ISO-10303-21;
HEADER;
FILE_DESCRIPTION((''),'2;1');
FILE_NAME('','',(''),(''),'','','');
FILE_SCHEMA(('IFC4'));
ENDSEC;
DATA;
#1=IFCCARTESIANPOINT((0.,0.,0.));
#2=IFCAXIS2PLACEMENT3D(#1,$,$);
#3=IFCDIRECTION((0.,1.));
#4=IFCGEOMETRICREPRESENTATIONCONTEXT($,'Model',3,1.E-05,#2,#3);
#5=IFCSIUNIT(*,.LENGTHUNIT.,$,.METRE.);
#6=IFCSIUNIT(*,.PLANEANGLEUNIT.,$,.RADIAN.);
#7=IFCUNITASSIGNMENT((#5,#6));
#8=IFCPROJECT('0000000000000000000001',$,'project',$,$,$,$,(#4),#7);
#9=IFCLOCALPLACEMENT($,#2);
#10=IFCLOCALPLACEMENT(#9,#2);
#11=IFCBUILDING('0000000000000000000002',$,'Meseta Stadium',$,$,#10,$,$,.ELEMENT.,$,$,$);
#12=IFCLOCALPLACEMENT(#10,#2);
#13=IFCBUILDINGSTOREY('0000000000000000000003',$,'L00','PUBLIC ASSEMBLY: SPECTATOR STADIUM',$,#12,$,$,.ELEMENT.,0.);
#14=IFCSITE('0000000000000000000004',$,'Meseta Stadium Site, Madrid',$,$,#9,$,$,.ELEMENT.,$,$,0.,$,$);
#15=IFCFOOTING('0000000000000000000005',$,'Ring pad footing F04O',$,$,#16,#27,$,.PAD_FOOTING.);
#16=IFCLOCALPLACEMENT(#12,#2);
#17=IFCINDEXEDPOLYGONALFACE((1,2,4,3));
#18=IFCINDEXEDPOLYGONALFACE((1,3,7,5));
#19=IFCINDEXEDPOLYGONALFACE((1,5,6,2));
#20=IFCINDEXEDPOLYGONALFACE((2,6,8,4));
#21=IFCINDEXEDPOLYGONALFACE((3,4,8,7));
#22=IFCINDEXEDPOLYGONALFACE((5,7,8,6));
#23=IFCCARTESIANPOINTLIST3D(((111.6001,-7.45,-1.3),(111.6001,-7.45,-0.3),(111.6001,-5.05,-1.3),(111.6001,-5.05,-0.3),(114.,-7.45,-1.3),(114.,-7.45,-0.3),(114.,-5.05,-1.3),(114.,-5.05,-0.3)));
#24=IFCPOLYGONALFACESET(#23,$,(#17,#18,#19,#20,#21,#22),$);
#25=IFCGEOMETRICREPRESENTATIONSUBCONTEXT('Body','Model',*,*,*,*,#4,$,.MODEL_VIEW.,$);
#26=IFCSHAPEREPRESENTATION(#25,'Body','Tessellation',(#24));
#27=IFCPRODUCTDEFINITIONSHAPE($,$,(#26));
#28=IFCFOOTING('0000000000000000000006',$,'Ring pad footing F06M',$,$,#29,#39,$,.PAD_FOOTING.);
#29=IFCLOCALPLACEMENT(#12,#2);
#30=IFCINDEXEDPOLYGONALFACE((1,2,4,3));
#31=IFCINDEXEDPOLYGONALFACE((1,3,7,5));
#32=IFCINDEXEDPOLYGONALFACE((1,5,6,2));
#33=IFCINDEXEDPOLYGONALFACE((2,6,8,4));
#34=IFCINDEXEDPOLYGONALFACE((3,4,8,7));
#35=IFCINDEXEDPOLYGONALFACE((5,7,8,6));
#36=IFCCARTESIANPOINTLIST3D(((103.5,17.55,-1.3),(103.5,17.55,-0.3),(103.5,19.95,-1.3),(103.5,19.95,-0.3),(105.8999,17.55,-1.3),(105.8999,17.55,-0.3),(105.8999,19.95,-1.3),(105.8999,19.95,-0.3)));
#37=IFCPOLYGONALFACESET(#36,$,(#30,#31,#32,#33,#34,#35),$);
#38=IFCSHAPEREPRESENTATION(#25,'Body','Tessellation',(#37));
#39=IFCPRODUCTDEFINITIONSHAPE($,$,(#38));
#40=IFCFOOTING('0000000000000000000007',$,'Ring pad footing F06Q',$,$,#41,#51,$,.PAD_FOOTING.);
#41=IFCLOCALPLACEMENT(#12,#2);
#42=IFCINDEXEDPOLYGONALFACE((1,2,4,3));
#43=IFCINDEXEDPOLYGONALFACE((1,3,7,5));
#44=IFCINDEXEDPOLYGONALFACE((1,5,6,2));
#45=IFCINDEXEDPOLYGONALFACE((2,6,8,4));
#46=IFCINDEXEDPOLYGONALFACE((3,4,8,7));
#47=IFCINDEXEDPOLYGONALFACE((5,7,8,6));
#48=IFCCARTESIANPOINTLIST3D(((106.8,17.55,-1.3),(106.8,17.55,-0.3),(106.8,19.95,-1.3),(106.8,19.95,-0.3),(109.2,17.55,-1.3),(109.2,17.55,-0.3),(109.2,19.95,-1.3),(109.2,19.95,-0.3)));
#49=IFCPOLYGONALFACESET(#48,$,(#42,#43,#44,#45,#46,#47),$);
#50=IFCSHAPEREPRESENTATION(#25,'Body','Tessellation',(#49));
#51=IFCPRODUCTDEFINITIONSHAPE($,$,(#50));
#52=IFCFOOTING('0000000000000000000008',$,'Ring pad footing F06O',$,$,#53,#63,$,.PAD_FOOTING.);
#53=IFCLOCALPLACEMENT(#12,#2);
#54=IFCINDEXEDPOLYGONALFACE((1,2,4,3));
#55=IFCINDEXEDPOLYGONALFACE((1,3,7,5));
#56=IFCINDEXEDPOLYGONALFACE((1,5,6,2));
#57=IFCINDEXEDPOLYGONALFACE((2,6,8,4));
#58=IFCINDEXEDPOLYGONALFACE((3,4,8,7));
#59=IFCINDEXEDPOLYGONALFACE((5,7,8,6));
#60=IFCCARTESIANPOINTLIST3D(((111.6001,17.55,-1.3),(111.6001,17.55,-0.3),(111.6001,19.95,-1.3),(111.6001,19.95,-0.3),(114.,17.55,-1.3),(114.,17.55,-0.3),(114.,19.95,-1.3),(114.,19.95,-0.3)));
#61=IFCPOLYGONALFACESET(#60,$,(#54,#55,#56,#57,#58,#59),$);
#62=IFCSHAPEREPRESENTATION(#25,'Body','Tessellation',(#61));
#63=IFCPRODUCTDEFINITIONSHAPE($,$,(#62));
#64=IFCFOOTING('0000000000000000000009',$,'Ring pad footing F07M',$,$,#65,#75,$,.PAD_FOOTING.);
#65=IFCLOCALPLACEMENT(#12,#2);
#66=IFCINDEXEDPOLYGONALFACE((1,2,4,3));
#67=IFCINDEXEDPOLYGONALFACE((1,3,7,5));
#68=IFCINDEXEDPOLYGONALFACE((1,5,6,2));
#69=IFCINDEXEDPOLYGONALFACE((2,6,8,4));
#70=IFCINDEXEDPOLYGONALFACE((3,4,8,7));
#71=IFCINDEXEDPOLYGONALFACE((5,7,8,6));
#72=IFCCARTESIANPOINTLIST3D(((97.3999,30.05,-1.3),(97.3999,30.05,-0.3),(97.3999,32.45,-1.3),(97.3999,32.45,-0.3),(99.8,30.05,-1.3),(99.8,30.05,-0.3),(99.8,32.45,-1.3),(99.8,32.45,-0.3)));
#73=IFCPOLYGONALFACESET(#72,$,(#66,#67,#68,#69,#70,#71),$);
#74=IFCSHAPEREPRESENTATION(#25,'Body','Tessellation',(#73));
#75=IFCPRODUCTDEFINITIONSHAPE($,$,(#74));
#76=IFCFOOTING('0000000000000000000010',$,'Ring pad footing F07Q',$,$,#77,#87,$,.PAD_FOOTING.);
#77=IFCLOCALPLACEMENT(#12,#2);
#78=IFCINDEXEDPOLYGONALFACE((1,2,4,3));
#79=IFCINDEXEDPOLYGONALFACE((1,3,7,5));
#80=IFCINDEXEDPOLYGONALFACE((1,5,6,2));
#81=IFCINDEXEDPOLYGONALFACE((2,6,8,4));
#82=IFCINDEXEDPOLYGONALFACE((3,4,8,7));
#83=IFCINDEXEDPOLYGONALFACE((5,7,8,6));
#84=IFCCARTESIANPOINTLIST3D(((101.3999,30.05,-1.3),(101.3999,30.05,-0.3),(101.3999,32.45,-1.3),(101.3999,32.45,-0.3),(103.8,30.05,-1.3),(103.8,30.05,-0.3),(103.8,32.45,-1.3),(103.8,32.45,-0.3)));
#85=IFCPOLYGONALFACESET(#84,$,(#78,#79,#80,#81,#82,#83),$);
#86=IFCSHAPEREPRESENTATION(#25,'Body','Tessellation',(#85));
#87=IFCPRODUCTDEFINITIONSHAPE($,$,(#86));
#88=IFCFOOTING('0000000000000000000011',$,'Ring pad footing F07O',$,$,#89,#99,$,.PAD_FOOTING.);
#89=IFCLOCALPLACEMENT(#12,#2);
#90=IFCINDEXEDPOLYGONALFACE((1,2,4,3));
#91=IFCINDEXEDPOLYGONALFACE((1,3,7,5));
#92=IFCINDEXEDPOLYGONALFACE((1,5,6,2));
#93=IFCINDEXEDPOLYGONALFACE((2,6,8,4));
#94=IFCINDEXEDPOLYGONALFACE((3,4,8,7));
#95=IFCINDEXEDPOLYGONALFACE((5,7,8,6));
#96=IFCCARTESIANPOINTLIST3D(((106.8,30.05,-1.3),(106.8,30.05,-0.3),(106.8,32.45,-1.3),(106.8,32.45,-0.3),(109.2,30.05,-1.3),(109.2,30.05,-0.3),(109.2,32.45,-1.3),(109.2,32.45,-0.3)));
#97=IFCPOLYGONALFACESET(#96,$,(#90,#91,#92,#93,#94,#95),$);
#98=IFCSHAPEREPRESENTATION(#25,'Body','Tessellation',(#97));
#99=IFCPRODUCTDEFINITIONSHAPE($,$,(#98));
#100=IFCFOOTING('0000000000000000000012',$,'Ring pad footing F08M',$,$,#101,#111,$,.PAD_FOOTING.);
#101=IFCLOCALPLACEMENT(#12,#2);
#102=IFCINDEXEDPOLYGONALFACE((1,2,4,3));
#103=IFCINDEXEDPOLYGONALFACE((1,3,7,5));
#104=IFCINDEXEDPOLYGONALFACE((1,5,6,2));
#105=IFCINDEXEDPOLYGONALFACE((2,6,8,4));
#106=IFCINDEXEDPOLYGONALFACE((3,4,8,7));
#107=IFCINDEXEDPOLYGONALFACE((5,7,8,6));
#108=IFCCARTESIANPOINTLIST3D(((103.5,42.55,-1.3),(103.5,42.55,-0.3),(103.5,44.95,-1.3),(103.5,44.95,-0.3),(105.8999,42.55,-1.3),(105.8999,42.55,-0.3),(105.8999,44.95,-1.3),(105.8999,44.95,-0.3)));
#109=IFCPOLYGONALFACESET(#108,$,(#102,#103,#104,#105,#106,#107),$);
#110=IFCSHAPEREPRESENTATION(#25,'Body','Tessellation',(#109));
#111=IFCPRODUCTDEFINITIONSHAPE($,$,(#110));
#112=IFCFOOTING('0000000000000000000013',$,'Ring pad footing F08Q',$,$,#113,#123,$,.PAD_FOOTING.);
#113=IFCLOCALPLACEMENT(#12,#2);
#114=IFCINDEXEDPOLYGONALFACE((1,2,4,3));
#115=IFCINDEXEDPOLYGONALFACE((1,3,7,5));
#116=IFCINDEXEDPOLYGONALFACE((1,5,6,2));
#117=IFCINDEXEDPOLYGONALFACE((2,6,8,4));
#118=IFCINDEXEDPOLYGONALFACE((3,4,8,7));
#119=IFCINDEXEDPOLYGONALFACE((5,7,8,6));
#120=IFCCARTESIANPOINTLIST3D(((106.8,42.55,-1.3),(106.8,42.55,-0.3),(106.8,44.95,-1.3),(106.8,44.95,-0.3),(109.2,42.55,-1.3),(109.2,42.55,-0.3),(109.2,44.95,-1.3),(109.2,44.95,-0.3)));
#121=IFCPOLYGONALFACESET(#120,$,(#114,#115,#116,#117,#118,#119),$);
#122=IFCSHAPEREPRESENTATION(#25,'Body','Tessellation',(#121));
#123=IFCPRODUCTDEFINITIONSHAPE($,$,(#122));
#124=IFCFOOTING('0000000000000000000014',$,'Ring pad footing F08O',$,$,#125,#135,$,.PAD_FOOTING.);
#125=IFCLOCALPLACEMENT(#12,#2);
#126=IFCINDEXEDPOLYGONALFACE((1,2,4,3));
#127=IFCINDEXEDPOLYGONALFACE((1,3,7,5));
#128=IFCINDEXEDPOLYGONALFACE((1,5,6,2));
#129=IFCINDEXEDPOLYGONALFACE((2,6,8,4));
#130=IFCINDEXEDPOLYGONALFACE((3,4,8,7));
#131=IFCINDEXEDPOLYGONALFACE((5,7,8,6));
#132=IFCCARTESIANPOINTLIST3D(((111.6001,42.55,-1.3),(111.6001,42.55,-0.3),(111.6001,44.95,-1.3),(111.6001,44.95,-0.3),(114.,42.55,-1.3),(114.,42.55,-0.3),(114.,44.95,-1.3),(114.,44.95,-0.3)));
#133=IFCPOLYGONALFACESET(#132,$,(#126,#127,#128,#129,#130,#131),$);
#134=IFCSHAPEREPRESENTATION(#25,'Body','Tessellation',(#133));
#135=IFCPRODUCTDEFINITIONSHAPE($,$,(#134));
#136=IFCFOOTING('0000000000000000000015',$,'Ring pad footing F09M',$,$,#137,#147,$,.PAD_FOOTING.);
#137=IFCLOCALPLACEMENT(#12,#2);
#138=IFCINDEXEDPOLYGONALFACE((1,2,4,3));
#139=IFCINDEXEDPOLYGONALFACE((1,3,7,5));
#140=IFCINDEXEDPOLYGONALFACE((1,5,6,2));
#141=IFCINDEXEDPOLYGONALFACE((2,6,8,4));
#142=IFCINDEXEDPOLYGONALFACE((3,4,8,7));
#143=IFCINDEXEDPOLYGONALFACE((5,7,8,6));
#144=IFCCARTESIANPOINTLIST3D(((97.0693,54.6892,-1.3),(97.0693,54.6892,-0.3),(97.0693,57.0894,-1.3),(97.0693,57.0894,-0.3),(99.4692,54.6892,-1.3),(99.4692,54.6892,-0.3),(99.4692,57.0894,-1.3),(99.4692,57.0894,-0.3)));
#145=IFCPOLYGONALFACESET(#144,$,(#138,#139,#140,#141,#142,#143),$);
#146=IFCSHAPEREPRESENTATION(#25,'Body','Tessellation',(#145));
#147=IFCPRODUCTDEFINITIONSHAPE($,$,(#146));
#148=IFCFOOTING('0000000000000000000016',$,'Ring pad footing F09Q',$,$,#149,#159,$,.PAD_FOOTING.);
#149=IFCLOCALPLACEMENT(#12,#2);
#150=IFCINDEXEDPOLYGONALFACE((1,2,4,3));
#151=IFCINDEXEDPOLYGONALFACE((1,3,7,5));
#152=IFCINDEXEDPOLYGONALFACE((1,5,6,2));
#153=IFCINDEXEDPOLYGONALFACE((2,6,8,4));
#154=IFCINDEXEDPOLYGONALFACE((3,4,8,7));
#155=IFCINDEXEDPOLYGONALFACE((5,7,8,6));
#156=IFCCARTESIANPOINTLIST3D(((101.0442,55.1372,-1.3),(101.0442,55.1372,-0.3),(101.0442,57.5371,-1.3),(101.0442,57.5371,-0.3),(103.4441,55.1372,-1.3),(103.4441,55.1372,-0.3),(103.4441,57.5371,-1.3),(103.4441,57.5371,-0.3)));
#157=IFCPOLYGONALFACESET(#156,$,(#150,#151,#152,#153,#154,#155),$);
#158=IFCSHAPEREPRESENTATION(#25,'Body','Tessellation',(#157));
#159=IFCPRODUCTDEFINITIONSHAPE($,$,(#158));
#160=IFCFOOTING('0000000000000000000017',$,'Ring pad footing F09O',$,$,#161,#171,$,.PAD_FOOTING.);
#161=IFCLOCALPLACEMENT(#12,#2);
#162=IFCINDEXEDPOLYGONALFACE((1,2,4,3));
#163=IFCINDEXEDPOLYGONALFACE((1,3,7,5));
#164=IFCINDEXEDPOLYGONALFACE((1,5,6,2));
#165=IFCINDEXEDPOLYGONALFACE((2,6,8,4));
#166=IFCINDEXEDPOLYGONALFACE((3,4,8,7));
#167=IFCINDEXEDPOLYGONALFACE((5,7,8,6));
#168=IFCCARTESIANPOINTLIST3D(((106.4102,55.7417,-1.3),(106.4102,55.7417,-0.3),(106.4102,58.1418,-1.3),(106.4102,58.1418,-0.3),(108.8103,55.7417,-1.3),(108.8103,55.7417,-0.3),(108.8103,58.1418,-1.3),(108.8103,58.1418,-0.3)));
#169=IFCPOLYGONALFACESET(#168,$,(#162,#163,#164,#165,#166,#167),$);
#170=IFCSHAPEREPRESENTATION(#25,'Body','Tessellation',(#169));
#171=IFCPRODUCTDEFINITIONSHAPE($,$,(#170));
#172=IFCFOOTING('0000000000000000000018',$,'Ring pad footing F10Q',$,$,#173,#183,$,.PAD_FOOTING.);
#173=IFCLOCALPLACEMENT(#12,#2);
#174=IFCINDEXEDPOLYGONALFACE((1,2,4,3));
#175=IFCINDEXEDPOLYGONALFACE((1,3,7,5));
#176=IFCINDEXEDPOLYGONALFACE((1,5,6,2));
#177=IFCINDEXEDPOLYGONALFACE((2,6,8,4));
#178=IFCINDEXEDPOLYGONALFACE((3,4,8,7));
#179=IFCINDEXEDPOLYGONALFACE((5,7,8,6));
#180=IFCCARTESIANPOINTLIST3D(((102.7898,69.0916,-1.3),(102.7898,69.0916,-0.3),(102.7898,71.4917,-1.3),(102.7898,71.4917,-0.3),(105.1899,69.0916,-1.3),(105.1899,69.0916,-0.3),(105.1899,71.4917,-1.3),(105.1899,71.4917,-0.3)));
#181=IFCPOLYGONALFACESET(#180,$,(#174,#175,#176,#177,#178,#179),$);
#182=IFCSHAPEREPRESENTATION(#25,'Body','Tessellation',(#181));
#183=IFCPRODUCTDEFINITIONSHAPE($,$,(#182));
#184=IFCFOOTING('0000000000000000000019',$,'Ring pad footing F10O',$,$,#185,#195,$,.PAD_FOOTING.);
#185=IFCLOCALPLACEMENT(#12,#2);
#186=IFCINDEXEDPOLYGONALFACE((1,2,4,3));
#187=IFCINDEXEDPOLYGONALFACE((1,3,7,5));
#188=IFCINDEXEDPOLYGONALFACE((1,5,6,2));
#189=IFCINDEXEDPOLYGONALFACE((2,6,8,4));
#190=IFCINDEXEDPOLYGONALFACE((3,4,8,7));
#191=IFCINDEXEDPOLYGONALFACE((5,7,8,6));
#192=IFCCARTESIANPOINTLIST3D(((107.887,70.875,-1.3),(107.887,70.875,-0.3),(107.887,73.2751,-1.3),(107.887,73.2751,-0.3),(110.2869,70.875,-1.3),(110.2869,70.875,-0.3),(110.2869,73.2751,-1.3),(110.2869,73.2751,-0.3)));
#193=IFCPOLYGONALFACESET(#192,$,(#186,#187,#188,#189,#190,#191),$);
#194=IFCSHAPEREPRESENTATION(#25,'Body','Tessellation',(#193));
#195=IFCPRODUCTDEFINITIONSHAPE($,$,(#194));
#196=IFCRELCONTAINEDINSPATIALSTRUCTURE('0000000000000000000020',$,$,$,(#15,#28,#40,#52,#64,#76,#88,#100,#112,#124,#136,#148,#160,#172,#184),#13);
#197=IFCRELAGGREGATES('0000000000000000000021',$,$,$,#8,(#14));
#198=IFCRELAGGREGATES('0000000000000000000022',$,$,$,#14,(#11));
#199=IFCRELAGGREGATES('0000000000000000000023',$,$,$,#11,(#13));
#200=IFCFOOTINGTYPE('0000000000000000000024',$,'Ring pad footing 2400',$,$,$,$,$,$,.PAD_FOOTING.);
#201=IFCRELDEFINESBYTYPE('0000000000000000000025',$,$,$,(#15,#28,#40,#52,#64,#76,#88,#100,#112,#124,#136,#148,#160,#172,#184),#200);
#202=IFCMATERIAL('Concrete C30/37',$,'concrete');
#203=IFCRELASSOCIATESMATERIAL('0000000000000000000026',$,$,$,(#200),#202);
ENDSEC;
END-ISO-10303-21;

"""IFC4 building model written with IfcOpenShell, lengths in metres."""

from ifc_helpers import new_model, si_unit, direction, frame, origin, place, context, subcontext, project, spatial, polyline, outline, extrude, material, type_object, element, save


model = new_model("IFC4")

# Units and contexts
model_context = context("Model", 3, precision=1e-05, world=origin(), true_north=direction((0.0, 1.0)))
body_context = subcontext(model_context, "Body", "Model", "MODEL_VIEW")
ifc_project = project(units=[si_unit("LENGTHUNIT", "METRE"), si_unit("PLANEANGLEUNIT", "RADIAN")], contexts=[model_context])

# Site, building, storey
site_placement = place(None, origin())
site = spatial("IfcSite", under=ifc_project, at=site_placement, Name="Meseta Stadium Site, Madrid", CompositionType="ELEMENT", RefElevation=0.0)
building_placement = place(site_placement, origin())
building = spatial("IfcBuilding", under=site, at=building_placement, Name="Meseta Stadium", CompositionType="ELEMENT")
storey_placement = place(building_placement, origin())
storey = spatial("IfcBuildingStorey", under=building, at=storey_placement, Name="L00", Description="PUBLIC ASSEMBLY: SPECTATOR STADIUM", CompositionType="ELEMENT", Elevation=0.0)

# Footings
ifc_material_1 = material(Name="Concrete C30/37", Category="concrete")
footing_type_1 = type_object("IfcFootingType", Name="Ring pad footing 2400", PredefinedType="PAD_FOOTING", material=ifc_material_1)
footing_1_placement = place(storey_placement, frame((0.0, 0.0, -1.3)))
element("IfcFooting", 1, at=footing_1_placement, inside=storey, type_object=footing_type_1, Name="Ring pad footing F04O", PredefinedType="PAD_FOOTING", context=body_context, shape_type="SweptSolid", body=[
    extrude(outline(polyline([(114.0, -7.45), (114.0, -5.05), (111.6001, -5.05), (111.6001, -7.45), (114.0, -7.45)])), origin(), (0.0, 0.0, 1.0), 1.0),
])
footing_2_placement = place(storey_placement, frame((0.0, 0.0, -1.3)))
element("IfcFooting", 2, at=footing_2_placement, inside=storey, type_object=footing_type_1, Name="Ring pad footing F06M", PredefinedType="PAD_FOOTING", context=body_context, shape_type="SweptSolid", body=[
    extrude(outline(polyline([(105.8999, 17.55), (105.8999, 19.95), (103.5, 19.95), (103.5, 17.55), (105.8999, 17.55)])), origin(), (0.0, 0.0, 1.0), 1.0),
])
footing_3_placement = place(storey_placement, frame((0.0, 0.0, -1.3)))
element("IfcFooting", 3, at=footing_3_placement, inside=storey, type_object=footing_type_1, Name="Ring pad footing F06Q", PredefinedType="PAD_FOOTING", context=body_context, shape_type="SweptSolid", body=[
    extrude(outline(polyline([(109.2, 17.55), (109.2, 19.95), (106.8, 19.95), (106.8, 17.55), (109.2, 17.55)])), origin(), (0.0, 0.0, 1.0), 1.0),
])
footing_4_placement = place(storey_placement, frame((0.0, 0.0, -1.3)))
element("IfcFooting", 4, at=footing_4_placement, inside=storey, type_object=footing_type_1, Name="Ring pad footing F06O", PredefinedType="PAD_FOOTING", context=body_context, shape_type="SweptSolid", body=[
    extrude(outline(polyline([(114.0, 17.55), (114.0, 19.95), (111.6001, 19.95), (111.6001, 17.55), (114.0, 17.55)])), origin(), (0.0, 0.0, 1.0), 1.0),
])
footing_5_placement = place(storey_placement, frame((0.0, 0.0, -1.3)))
element("IfcFooting", 5, at=footing_5_placement, inside=storey, type_object=footing_type_1, Name="Ring pad footing F07M", PredefinedType="PAD_FOOTING", context=body_context, shape_type="SweptSolid", body=[
    extrude(outline(polyline([(99.8, 30.05), (99.8, 32.45), (97.3999, 32.45), (97.3999, 30.05), (99.8, 30.05)])), origin(), (0.0, 0.0, 1.0), 1.0),
])
footing_6_placement = place(storey_placement, frame((0.0, 0.0, -1.3)))
element("IfcFooting", 6, at=footing_6_placement, inside=storey, type_object=footing_type_1, Name="Ring pad footing F07Q", PredefinedType="PAD_FOOTING", context=body_context, shape_type="SweptSolid", body=[
    extrude(outline(polyline([(103.8, 30.05), (103.8, 32.45), (101.3999, 32.45), (101.3999, 30.05), (103.8, 30.05)])), origin(), (0.0, 0.0, 1.0), 1.0),
])
footing_7_placement = place(storey_placement, frame((0.0, 0.0, -1.3)))
element("IfcFooting", 7, at=footing_7_placement, inside=storey, type_object=footing_type_1, Name="Ring pad footing F07O", PredefinedType="PAD_FOOTING", context=body_context, shape_type="SweptSolid", body=[
    extrude(outline(polyline([(109.2, 30.05), (109.2, 32.45), (106.8, 32.45), (106.8, 30.05), (109.2, 30.05)])), origin(), (0.0, 0.0, 1.0), 1.0),
])
footing_8_placement = place(storey_placement, frame((0.0, 0.0, -1.3)))
element("IfcFooting", 8, at=footing_8_placement, inside=storey, type_object=footing_type_1, Name="Ring pad footing F08M", PredefinedType="PAD_FOOTING", context=body_context, shape_type="SweptSolid", body=[
    extrude(outline(polyline([(105.8999, 42.55), (105.8999, 44.95), (103.5, 44.95), (103.5, 42.55), (105.8999, 42.55)])), origin(), (0.0, 0.0, 1.0), 1.0),
])
footing_9_placement = place(storey_placement, frame((0.0, 0.0, -1.3)))
element("IfcFooting", 9, at=footing_9_placement, inside=storey, type_object=footing_type_1, Name="Ring pad footing F08Q", PredefinedType="PAD_FOOTING", context=body_context, shape_type="SweptSolid", body=[
    extrude(outline(polyline([(109.2, 42.55), (109.2, 44.95), (106.8, 44.95), (106.8, 42.55), (109.2, 42.55)])), origin(), (0.0, 0.0, 1.0), 1.0),
])
footing_10_placement = place(storey_placement, frame((0.0, 0.0, -1.3)))
element("IfcFooting", 10, at=footing_10_placement, inside=storey, type_object=footing_type_1, Name="Ring pad footing F08O", PredefinedType="PAD_FOOTING", context=body_context, shape_type="SweptSolid", body=[
    extrude(outline(polyline([(114.0, 42.55), (114.0, 44.95), (111.6001, 44.95), (111.6001, 42.55), (114.0, 42.55)])), origin(), (0.0, 0.0, 1.0), 1.0),
])
footing_11_placement = place(storey_placement, frame((0.0, 0.0, -1.3)))
element("IfcFooting", 11, at=footing_11_placement, inside=storey, type_object=footing_type_1, Name="Ring pad footing F09M", PredefinedType="PAD_FOOTING", context=body_context, shape_type="SweptSolid", body=[
    extrude(outline(polyline([(99.4692, 54.6892), (99.4692, 57.0894), (97.0693, 57.0894), (97.0693, 54.6892), (99.4692, 54.6892)])), origin(), (0.0, 0.0, 1.0), 1.0),
])
footing_12_placement = place(storey_placement, frame((0.0, 0.0, -1.3)))
element("IfcFooting", 12, at=footing_12_placement, inside=storey, type_object=footing_type_1, Name="Ring pad footing F09Q", PredefinedType="PAD_FOOTING", context=body_context, shape_type="SweptSolid", body=[
    extrude(outline(polyline([(103.4441, 55.1372), (103.4441, 57.5371), (101.0442, 57.5371), (101.0442, 55.1372), (103.4441, 55.1372)])), origin(), (0.0, 0.0, 1.0), 1.0),
])
footing_13_placement = place(storey_placement, frame((0.0, 0.0, -1.3)))
element("IfcFooting", 13, at=footing_13_placement, inside=storey, type_object=footing_type_1, Name="Ring pad footing F09O", PredefinedType="PAD_FOOTING", context=body_context, shape_type="SweptSolid", body=[
    extrude(outline(polyline([(108.8103, 55.7417), (108.8103, 58.1418), (106.4102, 58.1418), (106.4102, 55.7417), (108.8103, 55.7417)])), origin(), (0.0, 0.0, 1.0), 1.0),
])
footing_14_placement = place(storey_placement, frame((0.0, 0.0, -1.3)))
element("IfcFooting", 14, at=footing_14_placement, inside=storey, type_object=footing_type_1, Name="Ring pad footing F10Q", PredefinedType="PAD_FOOTING", context=body_context, shape_type="SweptSolid", body=[
    extrude(outline(polyline([(105.1899, 69.0916), (105.1899, 71.4917), (102.7898, 71.4917), (102.7898, 69.0916), (105.1899, 69.0916)])), origin(), (0.0, 0.0, 1.0), 1.0),
])
footing_15_placement = place(storey_placement, frame((0.0, 0.0, -1.3)))
element("IfcFooting", 15, at=footing_15_placement, inside=storey, type_object=footing_type_1, Name="Ring pad footing F10O", PredefinedType="PAD_FOOTING", context=body_context, shape_type="SweptSolid", body=[
    extrude(outline(polyline([(110.2869, 70.875), (110.2869, 73.2751), (107.887, 73.2751), (107.887, 70.875), (110.2869, 70.875)])), origin(), (0.0, 0.0, 1.0), 1.0),
])

save(model, "model.ifc")
